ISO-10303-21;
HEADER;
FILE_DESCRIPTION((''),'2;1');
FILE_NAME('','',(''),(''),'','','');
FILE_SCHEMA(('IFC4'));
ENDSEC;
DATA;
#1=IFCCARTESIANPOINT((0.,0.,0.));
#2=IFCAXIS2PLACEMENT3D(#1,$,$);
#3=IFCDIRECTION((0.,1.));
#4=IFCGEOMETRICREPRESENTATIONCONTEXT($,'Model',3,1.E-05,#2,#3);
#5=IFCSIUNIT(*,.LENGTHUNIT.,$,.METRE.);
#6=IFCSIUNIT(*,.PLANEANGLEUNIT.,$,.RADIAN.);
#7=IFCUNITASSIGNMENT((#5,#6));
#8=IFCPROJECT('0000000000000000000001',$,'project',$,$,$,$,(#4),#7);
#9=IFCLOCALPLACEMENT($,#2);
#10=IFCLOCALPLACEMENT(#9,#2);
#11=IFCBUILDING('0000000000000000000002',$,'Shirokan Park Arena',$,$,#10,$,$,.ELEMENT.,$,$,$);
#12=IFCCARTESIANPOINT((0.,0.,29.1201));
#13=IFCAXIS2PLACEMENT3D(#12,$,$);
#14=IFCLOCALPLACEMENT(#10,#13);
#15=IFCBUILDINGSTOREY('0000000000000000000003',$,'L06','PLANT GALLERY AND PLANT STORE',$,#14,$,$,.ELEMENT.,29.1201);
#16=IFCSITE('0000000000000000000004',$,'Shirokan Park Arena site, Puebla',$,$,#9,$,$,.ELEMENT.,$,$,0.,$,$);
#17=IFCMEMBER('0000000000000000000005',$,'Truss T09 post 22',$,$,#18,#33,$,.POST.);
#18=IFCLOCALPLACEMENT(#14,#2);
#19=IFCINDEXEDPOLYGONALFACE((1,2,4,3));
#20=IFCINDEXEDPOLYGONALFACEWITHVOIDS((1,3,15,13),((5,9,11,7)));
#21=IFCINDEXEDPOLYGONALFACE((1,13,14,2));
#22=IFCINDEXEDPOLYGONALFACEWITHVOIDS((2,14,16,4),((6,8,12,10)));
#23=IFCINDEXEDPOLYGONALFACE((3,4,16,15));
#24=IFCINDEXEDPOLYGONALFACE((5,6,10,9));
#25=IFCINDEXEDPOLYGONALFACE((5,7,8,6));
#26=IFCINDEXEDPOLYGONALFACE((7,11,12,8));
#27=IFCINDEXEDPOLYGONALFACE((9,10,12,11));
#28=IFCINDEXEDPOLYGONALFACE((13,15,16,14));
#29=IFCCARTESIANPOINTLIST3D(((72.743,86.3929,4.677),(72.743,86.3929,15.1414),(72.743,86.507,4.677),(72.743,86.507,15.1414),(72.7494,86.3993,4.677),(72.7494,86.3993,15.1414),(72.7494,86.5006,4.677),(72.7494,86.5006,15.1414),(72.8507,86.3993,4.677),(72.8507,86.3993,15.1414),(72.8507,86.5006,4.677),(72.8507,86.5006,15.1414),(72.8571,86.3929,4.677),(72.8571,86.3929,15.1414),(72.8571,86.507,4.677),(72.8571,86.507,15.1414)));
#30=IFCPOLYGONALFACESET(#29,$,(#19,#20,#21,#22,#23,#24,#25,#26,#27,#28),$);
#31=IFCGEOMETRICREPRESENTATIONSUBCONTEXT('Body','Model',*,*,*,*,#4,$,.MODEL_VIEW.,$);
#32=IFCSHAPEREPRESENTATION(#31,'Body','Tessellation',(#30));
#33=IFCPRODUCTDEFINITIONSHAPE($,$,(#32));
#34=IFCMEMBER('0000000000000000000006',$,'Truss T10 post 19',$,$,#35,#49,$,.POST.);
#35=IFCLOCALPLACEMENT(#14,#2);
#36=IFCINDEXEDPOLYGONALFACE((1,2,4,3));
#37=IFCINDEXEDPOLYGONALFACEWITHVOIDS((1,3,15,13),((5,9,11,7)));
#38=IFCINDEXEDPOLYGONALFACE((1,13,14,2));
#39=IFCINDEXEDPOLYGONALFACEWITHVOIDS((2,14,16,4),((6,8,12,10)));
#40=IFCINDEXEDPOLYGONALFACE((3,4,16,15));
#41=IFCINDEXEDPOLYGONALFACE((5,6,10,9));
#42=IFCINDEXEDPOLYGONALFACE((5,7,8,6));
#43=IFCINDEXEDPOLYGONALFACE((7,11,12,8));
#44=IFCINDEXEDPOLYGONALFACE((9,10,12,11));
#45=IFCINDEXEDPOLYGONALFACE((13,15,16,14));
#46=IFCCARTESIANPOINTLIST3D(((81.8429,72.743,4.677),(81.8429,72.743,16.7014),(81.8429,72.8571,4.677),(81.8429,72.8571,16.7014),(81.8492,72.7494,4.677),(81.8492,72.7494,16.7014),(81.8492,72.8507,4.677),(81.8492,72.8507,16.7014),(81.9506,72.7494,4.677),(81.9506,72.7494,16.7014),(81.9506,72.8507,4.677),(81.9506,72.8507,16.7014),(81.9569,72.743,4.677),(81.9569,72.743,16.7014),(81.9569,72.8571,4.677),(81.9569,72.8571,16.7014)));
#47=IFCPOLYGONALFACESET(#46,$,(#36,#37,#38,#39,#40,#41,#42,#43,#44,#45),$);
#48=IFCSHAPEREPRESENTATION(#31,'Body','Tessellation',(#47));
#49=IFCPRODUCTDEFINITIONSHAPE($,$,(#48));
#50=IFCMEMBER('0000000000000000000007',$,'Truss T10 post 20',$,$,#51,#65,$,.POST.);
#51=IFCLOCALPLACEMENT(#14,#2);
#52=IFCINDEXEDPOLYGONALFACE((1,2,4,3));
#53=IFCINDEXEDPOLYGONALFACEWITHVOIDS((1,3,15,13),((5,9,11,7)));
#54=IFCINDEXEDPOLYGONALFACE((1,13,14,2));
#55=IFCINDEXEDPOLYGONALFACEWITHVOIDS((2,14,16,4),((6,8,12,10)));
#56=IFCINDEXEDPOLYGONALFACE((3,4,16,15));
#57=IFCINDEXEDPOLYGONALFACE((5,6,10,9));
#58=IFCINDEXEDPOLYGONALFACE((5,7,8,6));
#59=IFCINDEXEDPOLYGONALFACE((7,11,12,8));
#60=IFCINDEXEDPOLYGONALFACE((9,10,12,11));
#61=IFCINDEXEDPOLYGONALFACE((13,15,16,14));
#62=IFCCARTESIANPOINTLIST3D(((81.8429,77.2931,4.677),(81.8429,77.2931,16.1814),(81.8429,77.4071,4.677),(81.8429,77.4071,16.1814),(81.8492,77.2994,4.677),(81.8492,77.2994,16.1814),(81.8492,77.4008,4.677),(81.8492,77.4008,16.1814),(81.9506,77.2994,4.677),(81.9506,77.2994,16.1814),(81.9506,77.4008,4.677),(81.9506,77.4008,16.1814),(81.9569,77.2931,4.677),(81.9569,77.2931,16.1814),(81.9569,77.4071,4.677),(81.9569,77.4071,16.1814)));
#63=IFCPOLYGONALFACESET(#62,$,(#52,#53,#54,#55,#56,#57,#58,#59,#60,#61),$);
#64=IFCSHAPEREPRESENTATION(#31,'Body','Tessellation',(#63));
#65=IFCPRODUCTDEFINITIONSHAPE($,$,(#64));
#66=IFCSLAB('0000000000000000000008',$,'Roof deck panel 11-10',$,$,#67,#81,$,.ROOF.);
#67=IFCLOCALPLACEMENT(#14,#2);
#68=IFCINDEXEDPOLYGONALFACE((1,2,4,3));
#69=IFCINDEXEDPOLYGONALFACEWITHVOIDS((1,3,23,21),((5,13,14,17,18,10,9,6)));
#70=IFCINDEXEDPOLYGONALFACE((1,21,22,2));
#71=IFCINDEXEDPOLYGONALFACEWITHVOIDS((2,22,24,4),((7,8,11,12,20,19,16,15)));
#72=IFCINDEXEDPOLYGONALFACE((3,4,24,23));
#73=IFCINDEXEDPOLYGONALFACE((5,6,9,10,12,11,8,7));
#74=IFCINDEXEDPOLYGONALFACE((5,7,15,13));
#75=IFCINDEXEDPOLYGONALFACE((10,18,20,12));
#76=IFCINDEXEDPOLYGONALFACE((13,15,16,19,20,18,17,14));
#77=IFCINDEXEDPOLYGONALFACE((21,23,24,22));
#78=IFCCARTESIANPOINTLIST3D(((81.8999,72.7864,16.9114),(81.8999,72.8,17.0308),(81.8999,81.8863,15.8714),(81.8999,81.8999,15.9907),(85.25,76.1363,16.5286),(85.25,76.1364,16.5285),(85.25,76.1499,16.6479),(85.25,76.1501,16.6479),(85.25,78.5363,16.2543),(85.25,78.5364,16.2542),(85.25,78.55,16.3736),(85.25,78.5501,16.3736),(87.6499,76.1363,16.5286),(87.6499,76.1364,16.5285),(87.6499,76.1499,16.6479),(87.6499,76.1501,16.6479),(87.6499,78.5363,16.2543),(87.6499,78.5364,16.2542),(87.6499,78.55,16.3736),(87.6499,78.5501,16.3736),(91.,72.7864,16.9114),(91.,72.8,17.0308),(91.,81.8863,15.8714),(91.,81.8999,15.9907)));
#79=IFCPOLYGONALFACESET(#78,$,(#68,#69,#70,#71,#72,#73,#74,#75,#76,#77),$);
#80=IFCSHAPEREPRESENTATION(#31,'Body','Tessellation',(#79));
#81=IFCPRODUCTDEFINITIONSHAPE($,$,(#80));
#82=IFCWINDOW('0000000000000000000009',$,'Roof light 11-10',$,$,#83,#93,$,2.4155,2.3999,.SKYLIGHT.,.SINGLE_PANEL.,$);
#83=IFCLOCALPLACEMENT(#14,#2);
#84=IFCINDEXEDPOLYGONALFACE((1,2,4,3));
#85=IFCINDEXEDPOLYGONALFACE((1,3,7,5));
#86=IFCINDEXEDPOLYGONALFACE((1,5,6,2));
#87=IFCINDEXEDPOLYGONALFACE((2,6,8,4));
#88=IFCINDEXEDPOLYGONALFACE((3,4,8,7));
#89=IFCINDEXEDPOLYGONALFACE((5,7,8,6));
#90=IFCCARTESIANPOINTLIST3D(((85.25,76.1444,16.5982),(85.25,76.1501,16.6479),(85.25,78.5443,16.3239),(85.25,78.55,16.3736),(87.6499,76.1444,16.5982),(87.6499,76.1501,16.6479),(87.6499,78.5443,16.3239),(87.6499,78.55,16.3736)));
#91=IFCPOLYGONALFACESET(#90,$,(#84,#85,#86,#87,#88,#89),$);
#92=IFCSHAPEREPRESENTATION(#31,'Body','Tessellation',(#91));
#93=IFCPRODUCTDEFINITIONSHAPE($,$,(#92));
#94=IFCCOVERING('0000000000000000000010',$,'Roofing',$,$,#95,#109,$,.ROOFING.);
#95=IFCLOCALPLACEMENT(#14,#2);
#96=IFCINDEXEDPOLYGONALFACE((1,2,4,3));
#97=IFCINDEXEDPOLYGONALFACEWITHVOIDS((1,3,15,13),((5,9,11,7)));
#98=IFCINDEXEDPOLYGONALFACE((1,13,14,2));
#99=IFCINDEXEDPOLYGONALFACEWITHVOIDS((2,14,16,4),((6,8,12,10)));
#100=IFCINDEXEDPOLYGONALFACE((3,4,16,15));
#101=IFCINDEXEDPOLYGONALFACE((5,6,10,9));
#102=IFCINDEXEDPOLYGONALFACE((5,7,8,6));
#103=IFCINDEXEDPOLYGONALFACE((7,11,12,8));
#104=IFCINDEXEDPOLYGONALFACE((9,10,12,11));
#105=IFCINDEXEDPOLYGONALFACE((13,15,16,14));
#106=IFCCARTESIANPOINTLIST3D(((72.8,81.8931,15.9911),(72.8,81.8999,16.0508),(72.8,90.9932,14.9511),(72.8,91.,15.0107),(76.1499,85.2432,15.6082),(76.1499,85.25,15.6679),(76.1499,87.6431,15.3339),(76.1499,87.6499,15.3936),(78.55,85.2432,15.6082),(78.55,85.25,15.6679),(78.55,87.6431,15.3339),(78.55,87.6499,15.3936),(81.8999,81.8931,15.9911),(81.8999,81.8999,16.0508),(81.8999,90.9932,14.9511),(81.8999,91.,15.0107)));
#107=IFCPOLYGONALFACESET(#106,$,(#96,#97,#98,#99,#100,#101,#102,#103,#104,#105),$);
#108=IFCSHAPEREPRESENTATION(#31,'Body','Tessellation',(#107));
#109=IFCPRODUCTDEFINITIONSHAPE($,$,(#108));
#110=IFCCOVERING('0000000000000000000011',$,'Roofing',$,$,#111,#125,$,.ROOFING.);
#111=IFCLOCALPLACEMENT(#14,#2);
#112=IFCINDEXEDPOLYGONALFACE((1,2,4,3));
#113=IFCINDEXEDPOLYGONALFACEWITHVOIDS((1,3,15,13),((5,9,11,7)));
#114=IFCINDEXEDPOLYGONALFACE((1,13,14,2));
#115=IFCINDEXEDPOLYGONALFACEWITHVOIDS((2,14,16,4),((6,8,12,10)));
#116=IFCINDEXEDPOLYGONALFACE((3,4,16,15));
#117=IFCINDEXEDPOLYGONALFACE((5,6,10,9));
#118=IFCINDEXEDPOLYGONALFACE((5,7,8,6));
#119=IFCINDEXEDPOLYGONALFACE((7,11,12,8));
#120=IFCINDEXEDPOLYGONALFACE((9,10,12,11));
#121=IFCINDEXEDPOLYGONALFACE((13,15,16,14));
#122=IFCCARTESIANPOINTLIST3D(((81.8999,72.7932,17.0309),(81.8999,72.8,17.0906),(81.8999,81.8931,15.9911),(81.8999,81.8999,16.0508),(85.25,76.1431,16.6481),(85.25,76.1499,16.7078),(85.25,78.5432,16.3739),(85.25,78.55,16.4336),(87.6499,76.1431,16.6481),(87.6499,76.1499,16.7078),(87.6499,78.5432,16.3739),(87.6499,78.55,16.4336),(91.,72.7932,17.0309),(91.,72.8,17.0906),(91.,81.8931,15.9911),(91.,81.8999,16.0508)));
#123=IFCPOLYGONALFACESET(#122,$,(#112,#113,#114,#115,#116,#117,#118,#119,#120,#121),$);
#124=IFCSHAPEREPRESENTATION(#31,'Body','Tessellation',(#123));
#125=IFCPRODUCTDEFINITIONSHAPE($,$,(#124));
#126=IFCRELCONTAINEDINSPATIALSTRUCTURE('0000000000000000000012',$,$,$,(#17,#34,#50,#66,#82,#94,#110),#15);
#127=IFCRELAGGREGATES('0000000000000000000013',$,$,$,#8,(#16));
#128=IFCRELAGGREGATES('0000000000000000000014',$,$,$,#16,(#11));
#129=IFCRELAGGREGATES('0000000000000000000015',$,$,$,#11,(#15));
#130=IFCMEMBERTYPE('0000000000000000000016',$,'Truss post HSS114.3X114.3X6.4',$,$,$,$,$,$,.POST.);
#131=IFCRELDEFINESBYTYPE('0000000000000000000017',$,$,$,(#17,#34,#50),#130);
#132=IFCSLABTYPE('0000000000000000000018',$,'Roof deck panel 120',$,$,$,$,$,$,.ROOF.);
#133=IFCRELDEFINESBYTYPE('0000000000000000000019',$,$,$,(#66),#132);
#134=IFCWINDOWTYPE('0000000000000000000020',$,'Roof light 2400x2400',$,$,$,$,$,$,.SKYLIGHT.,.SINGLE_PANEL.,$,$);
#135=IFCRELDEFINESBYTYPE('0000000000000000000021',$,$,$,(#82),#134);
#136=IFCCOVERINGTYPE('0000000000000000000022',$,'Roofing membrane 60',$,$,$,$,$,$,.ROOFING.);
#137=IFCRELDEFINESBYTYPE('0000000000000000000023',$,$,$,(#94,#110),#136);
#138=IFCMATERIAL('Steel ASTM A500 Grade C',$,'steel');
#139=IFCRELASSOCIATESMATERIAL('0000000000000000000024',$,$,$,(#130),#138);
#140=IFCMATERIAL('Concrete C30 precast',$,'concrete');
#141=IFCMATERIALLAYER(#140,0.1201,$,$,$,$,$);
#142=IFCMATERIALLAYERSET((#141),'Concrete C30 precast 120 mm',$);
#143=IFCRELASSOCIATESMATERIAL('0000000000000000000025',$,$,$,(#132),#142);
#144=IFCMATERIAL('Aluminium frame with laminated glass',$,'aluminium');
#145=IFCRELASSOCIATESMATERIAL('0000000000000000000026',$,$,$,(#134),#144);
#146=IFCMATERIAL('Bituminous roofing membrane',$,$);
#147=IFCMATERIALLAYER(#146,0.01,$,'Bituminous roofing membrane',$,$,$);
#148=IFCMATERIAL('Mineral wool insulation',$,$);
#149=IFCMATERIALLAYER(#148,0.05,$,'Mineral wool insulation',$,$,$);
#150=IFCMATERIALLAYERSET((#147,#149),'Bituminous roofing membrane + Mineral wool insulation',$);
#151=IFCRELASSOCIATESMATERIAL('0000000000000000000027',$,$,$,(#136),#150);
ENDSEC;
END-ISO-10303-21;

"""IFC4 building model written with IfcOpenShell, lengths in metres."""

from ifc_helpers import new_model, si_unit, direction, frame, origin, origin_2d, place, context, subcontext, project, spatial, polyline, rectangle, hollow_rectangle, outline, extrude, material, layer, layer_set, material_profile, profile_set, type_object, element, fill, save


model = new_model("IFC4")

# Units and contexts
model_context = context("Model", 3, precision=1e-05, world=origin(), true_north=direction((0.0, 1.0)))
body_context = subcontext(model_context, "Body", "Model", "MODEL_VIEW")
ifc_project = project(units=[si_unit("LENGTHUNIT", "METRE"), si_unit("PLANEANGLEUNIT", "RADIAN")], contexts=[model_context])

# Site, building, storey
site_placement = place(None, origin())
site = spatial("IfcSite", under=ifc_project, at=site_placement, Name="Shirokan Park Arena site, Puebla", CompositionType="ELEMENT", RefElevation=0.0)
building_placement = place(site_placement, origin())
building = spatial("IfcBuilding", under=site, at=building_placement, Name="Shirokan Park Arena", CompositionType="ELEMENT")
storey_placement = place(building_placement, frame((0.0, 0.0, 29.1201)))
storey = spatial("IfcBuildingStorey", under=building, at=storey_placement, Name="L06", Description="PLANT GALLERY AND PLANT STORE", CompositionType="ELEMENT", Elevation=29.1201)

# Members
ifc_material_1 = material(Name="Steel ASTM A500 Grade C", Category="steel")
ifc_material_profile_1 = material_profile(ifc_material_1, hollow_rectangle(XDim=0.114, YDim=0.114, WallThickness=0.0063, at=origin_2d()), Name="HSS114.3X114.3X6.4")
ifc_profile_set_1 = profile_set([ifc_material_profile_1], Name="Steel ASTM A500 Grade C")
member_type_1 = type_object("IfcMemberType", Name="Truss post HSS114.3X114.3X6.4", PredefinedType="POST", material=ifc_profile_set_1)
member_1_placement = place(storey_placement, frame((72.8, 86.45, 4.677), z_axis=(0.0, 0.0, 1.0), x_axis=(1.0, 0.0, 0.0)))
element("IfcMember", 1, at=member_1_placement, inside=storey, type_object=member_type_1, Name="Truss T09 post 22", PredefinedType="POST", context=body_context, shape_type="SweptSolid", body=[
    extrude(hollow_rectangle(XDim=0.114, YDim=0.114, WallThickness=0.0063, at=origin_2d()), origin(), (0.0, 0.0, 1.0), 10.4644),
])
member_2_placement = place(storey_placement, frame((81.8999, 72.8, 4.677), z_axis=(0.0, 0.0, 1.0), x_axis=(1.0, 0.0, 0.0)))
element("IfcMember", 2, at=member_2_placement, inside=storey, type_object=member_type_1, Name="Truss T10 post 19", PredefinedType="POST", context=body_context, shape_type="SweptSolid", body=[
    extrude(hollow_rectangle(XDim=0.114, YDim=0.114, WallThickness=0.0063, at=origin_2d()), origin(), (0.0, 0.0, 1.0), 12.0244),
])
member_3_placement = place(storey_placement, frame((81.8999, 77.3501, 4.677), z_axis=(0.0, 0.0, 1.0), x_axis=(1.0, 0.0, 0.0)))
element("IfcMember", 3, at=member_3_placement, inside=storey, type_object=member_type_1, Name="Truss T10 post 20", PredefinedType="POST", context=body_context, shape_type="SweptSolid", body=[
    extrude(hollow_rectangle(XDim=0.114, YDim=0.114, WallThickness=0.0063, at=origin_2d()), origin(), (0.0, 0.0, 1.0), 11.5044),
])

# Slab, opening, window
ifc_material_2 = material(Name="Concrete C30 precast", Category="concrete")
ifc_layer_1 = layer(ifc_material_2, 0.1201)
ifc_layer_set_1 = layer_set([ifc_layer_1], Name="Concrete C30 precast 120 mm")
slab_type = type_object("IfcSlabType", Name="Roof deck panel 120", PredefinedType="ROOF", material=ifc_layer_set_1)
slab_placement = place(storey_placement, frame((81.8999, 72.8, 17.0308), z_axis=(0.0, 0.113553, 0.993532), x_axis=(1.0, 0.0, 0.0)))
slab = element("IfcSlab", 4, at=slab_placement, inside=storey, type_object=slab_type, Name="Roof deck panel 11-10", PredefinedType="ROOF", context=body_context, shape_type="SweptSolid", body=[
    extrude(outline(polyline([(0.0, 0.0), (9.1001, 0.0), (9.1001, 9.1591), (0.0, 9.1591), (0.0, 0.0)]), holes=[polyline([(3.3501, 3.3717), (5.75, 3.3717), (5.75, 5.7874), (3.3501, 5.7874), (3.3501, 3.3717)])]), origin(), (0.0, 0.0, -1.0), 0.1201),
])
opening_placement = place(slab_placement, frame((4.55, 4.5796, 0.01)))
opening = element("IfcOpeningElement", 5, at=opening_placement, cuts=slab, PredefinedType="OPENING", context=body_context, shape_type="SweptSolid", body=[
    extrude(rectangle(XDim=2.3999, YDim=2.4155, at=origin_2d()), origin(), (0.0, 0.0, -1.0), 0.1399),
])
ifc_material_3 = material(Name="Aluminium frame with laminated glass", Category="aluminium")
window_type = type_object("IfcWindowType", Name="Roof light 2400x2400", PartitioningType="SINGLE_PANEL", PredefinedType="SKYLIGHT", material=ifc_material_3)
window_placement = place(opening_placement, frame((0.0, 0.0, -0.0601)))
window = element("IfcWindow", 6, at=window_placement, inside=storey, type_object=window_type, Name="Roof light 11-10", OverallHeight=2.4155, OverallWidth=2.3999, PartitioningType="SINGLE_PANEL", PredefinedType="SKYLIGHT", context=body_context, shape_type="SweptSolid", body=[
    extrude(rectangle(XDim=2.3999, YDim=2.4155, at=origin_2d()), origin(), (0.0, 0.0, 1.0), 0.05),
])
fill(opening, window)

# Coverings
ifc_material_4 = material(Name="Bituminous roofing membrane")
ifc_layer_2 = layer(ifc_material_4, 0.01, Name="Bituminous roofing membrane")
ifc_material_5 = material(Name="Mineral wool insulation")
ifc_layer_3 = layer(ifc_material_5, 0.05, Name="Mineral wool insulation")
ifc_layer_set_2 = layer_set([ifc_layer_2, ifc_layer_3], Name="Bituminous roofing membrane + Mineral wool insulation")
covering_type = type_object("IfcCoveringType", Name="Roofing membrane 60", PredefinedType="ROOFING", material=ifc_layer_set_2)
covering_1_placement = place(storey_placement, frame((72.8, 81.8999, 16.0508), z_axis=(0.0, 0.11355, 0.993532), x_axis=(1.0, 0.0, 0.0)))
element("IfcCovering", 7, at=covering_1_placement, inside=storey, type_object=covering_type, Name="Roofing", PredefinedType="ROOFING", context=body_context, shape_type="SweptSolid", body=[
    extrude(outline(polyline([(0.0, 0.0), (9.0999, 0.0), (9.0999, 9.1593), (0.0, 9.1593), (0.0, 0.0)]), holes=[polyline([(5.75, 3.3719), (5.75, 5.7874), (3.3499, 5.7874), (3.3499, 3.3719), (5.75, 3.3719)])]), origin(), (0.0, 0.0, -1.0), 0.0601),
])
covering_2_placement = place(storey_placement, frame((81.8999, 72.8, 17.0906), z_axis=(0.0, 0.113526, 0.993535), x_axis=(1.0, 0.0, 0.0)))
element("IfcCovering", 8, at=covering_2_placement, inside=storey, type_object=covering_type, Name="Roofing", PredefinedType="ROOFING", context=body_context, shape_type="SweptSolid", body=[
    extrude(outline(polyline([(0.0, 0.0), (9.1001, 0.0), (9.1001, 9.1591), (0.0, 9.1591), (0.0, 0.0)]), holes=[polyline([(5.75, 3.3717), (5.75, 5.7874), (3.3501, 5.7874), (3.3501, 3.3717), (5.75, 3.3717)])]), origin(), (0.0, 0.0, -1.0), 0.0601),
])

save(model, "model.ifc")
